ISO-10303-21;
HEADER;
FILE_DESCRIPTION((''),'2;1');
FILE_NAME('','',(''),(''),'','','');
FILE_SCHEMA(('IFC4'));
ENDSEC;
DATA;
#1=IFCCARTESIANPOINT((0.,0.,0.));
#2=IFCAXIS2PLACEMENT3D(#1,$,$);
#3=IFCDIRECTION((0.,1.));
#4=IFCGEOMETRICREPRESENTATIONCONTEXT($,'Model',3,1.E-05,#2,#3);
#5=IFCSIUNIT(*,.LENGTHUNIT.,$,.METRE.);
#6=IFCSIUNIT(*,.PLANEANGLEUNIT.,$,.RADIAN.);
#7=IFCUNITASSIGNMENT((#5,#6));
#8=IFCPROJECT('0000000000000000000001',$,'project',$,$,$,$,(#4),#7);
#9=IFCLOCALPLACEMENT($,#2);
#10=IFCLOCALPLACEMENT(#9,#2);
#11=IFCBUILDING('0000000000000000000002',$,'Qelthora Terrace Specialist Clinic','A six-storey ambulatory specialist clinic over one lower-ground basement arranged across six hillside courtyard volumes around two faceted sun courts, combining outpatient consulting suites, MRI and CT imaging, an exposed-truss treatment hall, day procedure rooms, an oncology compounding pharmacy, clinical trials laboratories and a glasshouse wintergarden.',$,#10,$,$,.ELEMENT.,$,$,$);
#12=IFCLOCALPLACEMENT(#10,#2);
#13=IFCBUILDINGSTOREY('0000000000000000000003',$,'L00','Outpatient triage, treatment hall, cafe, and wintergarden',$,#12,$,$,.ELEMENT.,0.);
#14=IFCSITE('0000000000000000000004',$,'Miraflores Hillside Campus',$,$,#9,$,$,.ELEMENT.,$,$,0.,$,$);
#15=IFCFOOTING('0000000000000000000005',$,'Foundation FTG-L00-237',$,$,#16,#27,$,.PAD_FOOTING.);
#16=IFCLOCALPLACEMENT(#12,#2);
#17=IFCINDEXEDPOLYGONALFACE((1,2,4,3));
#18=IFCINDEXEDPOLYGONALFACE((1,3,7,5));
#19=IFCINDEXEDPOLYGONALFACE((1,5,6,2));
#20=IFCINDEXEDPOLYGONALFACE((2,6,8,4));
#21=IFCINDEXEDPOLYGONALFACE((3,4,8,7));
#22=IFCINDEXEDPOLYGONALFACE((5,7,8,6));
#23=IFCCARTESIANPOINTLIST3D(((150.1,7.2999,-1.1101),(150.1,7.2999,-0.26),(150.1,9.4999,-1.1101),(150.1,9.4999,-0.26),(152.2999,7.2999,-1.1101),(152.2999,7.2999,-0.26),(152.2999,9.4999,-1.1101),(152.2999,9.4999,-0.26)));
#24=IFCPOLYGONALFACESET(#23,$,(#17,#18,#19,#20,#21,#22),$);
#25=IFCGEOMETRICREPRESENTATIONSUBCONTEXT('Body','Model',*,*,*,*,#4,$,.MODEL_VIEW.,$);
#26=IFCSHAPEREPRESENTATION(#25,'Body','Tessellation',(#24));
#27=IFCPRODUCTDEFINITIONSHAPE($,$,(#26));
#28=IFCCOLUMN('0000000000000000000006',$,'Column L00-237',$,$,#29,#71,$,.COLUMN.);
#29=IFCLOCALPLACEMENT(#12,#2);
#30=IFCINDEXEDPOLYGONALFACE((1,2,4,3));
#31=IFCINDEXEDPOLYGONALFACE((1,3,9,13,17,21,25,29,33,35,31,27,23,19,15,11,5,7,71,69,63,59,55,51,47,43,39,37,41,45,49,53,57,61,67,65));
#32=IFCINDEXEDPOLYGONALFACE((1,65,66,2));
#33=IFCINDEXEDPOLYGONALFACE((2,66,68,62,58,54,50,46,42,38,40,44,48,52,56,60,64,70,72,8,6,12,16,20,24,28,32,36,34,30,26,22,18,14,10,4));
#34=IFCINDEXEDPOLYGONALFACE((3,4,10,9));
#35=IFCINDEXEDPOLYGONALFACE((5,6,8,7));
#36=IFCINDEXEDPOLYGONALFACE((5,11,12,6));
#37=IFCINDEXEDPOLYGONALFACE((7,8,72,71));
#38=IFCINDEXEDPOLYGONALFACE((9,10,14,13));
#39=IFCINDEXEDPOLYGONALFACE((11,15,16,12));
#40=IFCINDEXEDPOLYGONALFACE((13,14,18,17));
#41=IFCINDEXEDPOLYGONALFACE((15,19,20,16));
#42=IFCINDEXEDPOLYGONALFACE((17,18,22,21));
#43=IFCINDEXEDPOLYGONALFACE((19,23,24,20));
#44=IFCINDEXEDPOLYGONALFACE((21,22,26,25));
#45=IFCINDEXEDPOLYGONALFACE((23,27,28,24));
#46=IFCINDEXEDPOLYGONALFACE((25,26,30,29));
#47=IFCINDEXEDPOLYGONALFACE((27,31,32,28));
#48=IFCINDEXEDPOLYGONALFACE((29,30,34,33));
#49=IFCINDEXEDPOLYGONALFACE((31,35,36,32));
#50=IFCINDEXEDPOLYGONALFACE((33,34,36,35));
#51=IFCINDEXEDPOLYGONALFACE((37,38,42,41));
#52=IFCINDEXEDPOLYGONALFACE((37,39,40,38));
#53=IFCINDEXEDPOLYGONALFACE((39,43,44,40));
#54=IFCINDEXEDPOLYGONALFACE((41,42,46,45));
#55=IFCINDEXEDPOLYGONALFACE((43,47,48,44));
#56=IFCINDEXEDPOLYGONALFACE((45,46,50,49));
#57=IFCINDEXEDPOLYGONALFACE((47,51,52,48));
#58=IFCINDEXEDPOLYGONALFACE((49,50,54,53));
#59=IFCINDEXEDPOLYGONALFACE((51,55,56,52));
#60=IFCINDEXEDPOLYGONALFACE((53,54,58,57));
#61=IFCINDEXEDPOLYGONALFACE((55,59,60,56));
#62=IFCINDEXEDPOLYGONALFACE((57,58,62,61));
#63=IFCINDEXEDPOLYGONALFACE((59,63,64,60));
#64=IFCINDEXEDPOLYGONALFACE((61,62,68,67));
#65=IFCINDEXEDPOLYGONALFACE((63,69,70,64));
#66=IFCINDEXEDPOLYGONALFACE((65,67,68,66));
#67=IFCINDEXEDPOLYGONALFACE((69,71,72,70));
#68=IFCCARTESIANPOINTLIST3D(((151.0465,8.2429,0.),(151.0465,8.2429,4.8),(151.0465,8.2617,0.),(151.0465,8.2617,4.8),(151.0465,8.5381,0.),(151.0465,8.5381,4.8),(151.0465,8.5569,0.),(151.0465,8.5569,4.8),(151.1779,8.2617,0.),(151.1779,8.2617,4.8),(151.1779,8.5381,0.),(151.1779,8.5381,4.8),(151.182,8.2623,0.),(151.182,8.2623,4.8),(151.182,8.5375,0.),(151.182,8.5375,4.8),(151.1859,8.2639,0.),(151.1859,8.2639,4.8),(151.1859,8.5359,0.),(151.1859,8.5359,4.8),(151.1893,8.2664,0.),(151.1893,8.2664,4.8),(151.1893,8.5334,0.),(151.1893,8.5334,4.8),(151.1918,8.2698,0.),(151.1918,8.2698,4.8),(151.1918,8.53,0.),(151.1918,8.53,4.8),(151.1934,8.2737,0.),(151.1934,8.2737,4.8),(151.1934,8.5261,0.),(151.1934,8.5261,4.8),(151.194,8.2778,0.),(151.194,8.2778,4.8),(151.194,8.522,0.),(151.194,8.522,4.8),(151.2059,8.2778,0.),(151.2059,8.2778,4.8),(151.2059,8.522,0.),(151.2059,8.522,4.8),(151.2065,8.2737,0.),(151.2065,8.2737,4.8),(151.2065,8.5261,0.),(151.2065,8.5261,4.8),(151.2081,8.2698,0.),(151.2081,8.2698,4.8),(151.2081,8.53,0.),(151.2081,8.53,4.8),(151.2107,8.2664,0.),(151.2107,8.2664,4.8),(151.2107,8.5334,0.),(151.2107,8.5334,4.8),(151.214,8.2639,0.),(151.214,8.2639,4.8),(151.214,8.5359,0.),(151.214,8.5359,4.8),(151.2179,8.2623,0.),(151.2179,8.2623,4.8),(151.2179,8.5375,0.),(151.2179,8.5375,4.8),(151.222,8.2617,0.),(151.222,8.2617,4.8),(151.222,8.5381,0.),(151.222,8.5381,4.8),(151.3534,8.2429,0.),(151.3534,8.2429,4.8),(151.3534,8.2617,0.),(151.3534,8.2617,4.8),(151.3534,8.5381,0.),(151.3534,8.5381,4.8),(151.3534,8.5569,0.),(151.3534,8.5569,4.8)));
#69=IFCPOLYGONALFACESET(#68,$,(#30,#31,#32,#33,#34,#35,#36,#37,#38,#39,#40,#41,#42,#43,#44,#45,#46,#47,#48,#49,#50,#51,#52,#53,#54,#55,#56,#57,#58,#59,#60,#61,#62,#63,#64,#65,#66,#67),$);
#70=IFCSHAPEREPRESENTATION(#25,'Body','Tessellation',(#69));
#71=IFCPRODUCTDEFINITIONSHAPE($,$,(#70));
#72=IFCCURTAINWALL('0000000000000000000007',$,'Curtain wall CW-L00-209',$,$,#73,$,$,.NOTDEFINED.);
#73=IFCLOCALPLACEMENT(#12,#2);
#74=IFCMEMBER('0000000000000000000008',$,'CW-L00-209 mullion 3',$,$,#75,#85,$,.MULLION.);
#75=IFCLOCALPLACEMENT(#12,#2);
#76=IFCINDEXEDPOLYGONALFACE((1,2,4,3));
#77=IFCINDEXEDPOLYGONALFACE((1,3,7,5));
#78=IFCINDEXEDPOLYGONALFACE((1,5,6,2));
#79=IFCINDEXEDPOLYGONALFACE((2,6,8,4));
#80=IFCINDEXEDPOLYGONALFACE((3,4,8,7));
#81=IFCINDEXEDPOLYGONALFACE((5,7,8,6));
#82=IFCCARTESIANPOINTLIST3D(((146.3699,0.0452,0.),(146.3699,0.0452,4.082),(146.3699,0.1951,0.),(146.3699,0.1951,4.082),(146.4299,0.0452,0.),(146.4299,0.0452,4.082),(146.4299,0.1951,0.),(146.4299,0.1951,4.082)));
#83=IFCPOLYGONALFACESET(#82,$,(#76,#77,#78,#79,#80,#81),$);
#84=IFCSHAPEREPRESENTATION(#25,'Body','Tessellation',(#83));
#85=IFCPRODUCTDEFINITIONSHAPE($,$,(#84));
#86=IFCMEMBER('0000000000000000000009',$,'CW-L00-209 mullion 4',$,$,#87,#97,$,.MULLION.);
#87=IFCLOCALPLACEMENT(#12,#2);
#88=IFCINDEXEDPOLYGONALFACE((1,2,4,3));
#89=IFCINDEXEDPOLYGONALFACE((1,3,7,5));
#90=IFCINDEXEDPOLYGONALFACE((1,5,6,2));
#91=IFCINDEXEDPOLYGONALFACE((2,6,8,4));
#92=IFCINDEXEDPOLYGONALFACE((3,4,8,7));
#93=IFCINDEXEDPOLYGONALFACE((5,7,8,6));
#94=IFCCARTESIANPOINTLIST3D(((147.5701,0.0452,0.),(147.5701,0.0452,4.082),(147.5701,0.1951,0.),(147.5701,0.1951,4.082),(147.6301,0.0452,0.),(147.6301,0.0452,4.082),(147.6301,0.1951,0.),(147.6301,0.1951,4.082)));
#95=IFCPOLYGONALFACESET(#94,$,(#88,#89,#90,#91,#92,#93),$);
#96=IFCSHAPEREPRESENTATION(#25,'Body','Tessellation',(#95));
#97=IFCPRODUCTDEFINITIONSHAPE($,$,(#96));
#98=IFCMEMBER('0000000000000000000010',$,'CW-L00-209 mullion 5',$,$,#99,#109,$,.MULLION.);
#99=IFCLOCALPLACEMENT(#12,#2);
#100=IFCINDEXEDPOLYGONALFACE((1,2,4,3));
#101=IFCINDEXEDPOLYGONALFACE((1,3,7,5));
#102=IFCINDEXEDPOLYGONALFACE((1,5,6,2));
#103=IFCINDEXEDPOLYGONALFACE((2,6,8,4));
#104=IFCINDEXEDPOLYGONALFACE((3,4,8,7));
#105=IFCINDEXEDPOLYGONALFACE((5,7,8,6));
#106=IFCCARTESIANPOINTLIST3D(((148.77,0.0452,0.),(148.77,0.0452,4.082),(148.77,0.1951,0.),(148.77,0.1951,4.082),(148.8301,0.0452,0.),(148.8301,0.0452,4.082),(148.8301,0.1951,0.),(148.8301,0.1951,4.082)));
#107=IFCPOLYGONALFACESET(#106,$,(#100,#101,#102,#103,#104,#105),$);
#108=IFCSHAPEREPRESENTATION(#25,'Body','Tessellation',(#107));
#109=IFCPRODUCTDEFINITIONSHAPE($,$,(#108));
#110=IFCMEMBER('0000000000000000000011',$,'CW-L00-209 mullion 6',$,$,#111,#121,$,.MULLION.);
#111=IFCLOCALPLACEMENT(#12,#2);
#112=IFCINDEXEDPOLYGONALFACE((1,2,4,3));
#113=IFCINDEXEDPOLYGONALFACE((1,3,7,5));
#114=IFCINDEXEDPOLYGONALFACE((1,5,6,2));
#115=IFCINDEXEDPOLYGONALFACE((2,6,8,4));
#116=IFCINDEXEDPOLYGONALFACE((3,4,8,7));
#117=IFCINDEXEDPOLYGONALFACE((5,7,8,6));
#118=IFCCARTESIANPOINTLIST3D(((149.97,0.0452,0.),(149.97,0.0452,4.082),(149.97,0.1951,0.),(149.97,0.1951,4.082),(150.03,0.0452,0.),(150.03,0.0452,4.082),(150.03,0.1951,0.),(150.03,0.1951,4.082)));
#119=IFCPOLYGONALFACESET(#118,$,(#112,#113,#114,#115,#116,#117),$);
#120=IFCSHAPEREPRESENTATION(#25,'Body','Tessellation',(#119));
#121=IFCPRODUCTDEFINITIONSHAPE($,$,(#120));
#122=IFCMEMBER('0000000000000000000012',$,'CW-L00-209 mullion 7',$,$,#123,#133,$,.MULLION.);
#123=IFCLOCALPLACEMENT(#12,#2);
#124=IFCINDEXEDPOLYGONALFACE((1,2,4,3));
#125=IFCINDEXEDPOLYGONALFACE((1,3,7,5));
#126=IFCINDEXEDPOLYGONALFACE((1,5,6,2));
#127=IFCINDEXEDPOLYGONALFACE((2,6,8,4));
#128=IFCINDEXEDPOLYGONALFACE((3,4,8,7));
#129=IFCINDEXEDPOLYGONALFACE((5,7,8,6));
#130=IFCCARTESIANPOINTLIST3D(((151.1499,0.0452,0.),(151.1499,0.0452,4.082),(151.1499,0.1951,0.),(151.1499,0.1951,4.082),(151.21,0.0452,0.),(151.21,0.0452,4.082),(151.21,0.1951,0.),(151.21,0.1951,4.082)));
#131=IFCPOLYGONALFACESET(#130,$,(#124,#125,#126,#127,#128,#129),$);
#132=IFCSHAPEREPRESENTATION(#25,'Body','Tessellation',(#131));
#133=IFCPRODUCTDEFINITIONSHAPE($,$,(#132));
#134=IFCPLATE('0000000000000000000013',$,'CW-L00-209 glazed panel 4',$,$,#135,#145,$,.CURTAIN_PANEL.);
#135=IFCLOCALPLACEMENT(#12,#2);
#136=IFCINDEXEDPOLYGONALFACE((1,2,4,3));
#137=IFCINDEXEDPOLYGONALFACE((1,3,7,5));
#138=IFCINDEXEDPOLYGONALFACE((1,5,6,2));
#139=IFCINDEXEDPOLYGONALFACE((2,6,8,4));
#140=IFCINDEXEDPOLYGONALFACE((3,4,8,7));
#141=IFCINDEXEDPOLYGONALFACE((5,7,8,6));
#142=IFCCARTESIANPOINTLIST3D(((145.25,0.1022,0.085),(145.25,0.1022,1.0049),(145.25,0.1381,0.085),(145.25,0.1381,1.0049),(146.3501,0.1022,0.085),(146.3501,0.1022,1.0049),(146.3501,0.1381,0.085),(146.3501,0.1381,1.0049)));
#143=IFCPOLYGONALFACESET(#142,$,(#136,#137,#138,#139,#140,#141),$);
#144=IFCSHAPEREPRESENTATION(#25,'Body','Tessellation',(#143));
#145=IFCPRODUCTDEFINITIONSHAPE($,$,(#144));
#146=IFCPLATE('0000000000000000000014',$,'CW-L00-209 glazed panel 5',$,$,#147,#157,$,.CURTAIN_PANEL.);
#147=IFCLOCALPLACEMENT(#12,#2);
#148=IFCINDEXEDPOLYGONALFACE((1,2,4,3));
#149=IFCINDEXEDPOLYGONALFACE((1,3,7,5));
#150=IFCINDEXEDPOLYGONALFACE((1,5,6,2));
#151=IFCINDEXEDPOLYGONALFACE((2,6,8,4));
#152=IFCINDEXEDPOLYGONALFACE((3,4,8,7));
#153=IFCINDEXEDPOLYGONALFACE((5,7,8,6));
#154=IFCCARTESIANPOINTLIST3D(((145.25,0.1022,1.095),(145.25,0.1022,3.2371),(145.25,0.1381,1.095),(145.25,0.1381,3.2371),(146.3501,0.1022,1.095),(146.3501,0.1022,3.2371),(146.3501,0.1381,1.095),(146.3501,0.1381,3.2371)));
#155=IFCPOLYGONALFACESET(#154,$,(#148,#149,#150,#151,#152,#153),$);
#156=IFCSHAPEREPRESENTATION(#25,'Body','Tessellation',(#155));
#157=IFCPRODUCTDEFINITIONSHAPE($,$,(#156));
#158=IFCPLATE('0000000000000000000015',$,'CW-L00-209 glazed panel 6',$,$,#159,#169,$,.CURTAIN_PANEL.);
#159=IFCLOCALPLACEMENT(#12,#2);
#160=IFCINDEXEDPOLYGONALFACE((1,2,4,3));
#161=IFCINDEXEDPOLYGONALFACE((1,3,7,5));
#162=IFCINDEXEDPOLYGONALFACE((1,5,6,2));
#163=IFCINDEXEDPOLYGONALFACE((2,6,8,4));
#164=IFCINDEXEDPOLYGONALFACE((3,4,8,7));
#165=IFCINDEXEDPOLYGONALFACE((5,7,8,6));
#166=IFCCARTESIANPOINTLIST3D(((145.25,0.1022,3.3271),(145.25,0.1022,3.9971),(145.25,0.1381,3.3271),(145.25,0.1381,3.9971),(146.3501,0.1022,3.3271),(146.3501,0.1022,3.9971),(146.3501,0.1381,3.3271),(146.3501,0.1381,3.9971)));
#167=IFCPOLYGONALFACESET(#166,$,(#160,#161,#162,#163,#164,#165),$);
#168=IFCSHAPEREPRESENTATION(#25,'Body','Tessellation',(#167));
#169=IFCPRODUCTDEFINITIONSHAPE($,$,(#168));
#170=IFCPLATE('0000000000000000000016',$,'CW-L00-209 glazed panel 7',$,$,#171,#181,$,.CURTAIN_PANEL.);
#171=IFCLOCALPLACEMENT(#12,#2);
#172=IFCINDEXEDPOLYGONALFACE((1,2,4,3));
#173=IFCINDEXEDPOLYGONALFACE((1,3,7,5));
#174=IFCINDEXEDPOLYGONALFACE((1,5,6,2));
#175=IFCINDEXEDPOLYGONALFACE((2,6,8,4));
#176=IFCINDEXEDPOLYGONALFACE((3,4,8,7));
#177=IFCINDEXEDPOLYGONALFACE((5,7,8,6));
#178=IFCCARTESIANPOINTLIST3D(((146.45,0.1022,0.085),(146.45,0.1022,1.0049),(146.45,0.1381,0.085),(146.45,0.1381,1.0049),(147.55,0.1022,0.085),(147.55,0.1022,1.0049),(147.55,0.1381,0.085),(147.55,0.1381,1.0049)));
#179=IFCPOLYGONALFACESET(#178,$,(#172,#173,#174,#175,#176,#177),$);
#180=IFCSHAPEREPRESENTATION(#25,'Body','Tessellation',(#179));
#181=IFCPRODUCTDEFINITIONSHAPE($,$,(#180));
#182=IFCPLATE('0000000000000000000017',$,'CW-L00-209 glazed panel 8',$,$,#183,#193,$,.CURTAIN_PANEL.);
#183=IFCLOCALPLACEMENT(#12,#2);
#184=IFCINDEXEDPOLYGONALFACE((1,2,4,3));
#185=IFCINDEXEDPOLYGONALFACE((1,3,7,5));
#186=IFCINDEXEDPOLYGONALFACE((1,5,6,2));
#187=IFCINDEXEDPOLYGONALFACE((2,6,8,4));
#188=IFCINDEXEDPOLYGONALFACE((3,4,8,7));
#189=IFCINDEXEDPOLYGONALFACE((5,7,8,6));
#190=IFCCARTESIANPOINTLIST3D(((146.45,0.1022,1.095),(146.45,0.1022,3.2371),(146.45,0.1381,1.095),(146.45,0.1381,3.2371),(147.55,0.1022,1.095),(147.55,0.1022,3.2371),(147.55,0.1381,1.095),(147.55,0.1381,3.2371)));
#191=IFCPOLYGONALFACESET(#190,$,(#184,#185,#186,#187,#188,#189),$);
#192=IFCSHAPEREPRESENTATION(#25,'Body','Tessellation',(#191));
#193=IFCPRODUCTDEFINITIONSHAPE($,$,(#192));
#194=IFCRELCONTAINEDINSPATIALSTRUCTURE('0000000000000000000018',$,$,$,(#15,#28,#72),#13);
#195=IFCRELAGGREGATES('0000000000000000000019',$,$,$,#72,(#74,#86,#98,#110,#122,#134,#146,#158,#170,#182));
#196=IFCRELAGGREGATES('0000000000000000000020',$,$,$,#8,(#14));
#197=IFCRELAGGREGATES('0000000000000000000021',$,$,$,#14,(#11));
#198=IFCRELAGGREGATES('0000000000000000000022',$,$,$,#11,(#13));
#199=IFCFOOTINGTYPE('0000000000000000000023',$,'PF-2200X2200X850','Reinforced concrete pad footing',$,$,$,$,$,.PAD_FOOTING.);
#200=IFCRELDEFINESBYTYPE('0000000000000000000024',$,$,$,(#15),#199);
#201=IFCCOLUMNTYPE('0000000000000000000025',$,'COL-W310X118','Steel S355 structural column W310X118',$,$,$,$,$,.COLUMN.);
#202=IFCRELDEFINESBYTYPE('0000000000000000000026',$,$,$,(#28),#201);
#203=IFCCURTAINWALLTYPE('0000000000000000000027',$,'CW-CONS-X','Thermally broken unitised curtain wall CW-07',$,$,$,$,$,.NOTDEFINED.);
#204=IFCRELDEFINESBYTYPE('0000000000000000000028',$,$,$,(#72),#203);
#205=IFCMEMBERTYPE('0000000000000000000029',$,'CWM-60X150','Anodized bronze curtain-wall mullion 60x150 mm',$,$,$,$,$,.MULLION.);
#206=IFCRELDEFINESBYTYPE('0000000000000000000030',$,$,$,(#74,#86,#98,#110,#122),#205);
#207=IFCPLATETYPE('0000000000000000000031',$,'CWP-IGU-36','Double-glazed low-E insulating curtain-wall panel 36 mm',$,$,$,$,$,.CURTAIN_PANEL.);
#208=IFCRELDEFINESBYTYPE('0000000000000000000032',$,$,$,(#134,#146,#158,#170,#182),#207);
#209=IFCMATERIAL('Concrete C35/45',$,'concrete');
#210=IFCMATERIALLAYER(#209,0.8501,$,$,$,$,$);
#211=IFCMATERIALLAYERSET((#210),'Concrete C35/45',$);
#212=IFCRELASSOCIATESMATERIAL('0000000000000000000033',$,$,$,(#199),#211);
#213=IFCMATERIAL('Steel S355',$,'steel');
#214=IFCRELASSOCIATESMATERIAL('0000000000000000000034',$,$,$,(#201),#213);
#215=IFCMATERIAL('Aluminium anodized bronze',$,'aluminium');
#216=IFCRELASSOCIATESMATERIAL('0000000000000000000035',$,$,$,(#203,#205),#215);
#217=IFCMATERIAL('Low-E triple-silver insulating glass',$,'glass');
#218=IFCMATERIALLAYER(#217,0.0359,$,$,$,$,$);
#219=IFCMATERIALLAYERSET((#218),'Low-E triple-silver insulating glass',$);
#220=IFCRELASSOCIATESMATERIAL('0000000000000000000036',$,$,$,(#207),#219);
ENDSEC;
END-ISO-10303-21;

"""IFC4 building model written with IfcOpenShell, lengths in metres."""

from ifc_helpers import new_model, si_unit, direction, frame, origin, origin_2d, place, context, subcontext, project, spatial, rectangle, i_section, extrude, material, layer, layer_set, material_profile, profile_set, type_object, element, aggregate, save


model = new_model("IFC4")

# Units and contexts
model_context = context("Model", 3, precision=1e-05, world=origin(), true_north=direction((0.0, 1.0)))
body_context = subcontext(model_context, "Body", "Model", "MODEL_VIEW")
ifc_project = project(units=[si_unit("LENGTHUNIT", "METRE"), si_unit("PLANEANGLEUNIT", "RADIAN")], contexts=[model_context])

# Site, building, storey
site_placement = place(None, origin())
site = spatial("IfcSite", under=ifc_project, at=site_placement, Name="Miraflores Hillside Campus", CompositionType="ELEMENT", RefElevation=0.0)
building_placement = place(site_placement, origin())
building = spatial("IfcBuilding", under=site, at=building_placement, Name="Qelthora Terrace Specialist Clinic", Description="A six-storey ambulatory specialist clinic over one lower-ground basement arranged across six hillside courtyard volumes around two faceted sun courts, combining outpatient consulting suites, MRI and CT imaging, an exposed-truss treatment hall, day procedure rooms, an oncology compounding pharmacy, clinical trials laboratories and a glasshouse wintergarden.", CompositionType="ELEMENT")
storey_placement = place(building_placement, origin())
storey = spatial("IfcBuildingStorey", under=building, at=storey_placement, Name="L00", Description="Outpatient triage, treatment hall, cafe, and wintergarden", CompositionType="ELEMENT", Elevation=0.0)

# Footing
ifc_material_1 = material(Name="Concrete C35/45", Category="concrete")
ifc_layer_1 = layer(ifc_material_1, 0.8501)
ifc_layer_set_1 = layer_set([ifc_layer_1], Name="Concrete C35/45")
footing_type = type_object("IfcFootingType", Name="PF-2200X2200X850", Description="Reinforced concrete pad footing", PredefinedType="PAD_FOOTING", material=ifc_layer_set_1)
footing_placement = place(storey_placement, frame((151.2, 8.3999, -1.1101), z_axis=(0.0, 0.0, 1.0), x_axis=(1.0, 0.0, 0.0)))
element("IfcFooting", 1, at=footing_placement, inside=storey, type_object=footing_type, Name="Foundation FTG-L00-237", PredefinedType="PAD_FOOTING", context=body_context, shape_type="SweptSolid", body=[
    extrude(rectangle(XDim=2.2, YDim=2.2, at=origin_2d()), origin(), (0.0, 0.0, 1.0), 0.8501),
])

# Column
ifc_material_2 = material(Name="Steel S355", Category="steel")
ifc_material_profile_1 = material_profile(ifc_material_2, i_section(OverallWidth=0.3069, OverallDepth=0.314, WebThickness=0.012, FlangeThickness=0.0188, FilletRadius=0.0161, at=origin_2d()), Name="W310X118")
ifc_profile_set_1 = profile_set([ifc_material_profile_1], Name="Steel S355")
column_type = type_object("IfcColumnType", Name="COL-W310X118", Description="Steel S355 structural column W310X118", PredefinedType="COLUMN", material=ifc_profile_set_1)
column_placement = place(storey_placement, frame((151.2, 8.3999, 0.0), z_axis=(0.0, 0.0, 1.0), x_axis=(1.0, 0.0, 0.0)))
element("IfcColumn", 2, at=column_placement, inside=storey, type_object=column_type, Name="Column L00-237", PredefinedType="COLUMN", context=body_context, shape_type="SweptSolid", body=[
    extrude(i_section(OverallWidth=0.3069, OverallDepth=0.314, WebThickness=0.012, FlangeThickness=0.0188, FilletRadius=0.0161, at=origin_2d()), origin(), (0.0, 0.0, 1.0), 4.8),
])

# Curtain wall, members, plates
ifc_material_3 = material(Name="Aluminium anodized bronze", Category="aluminium")
curtain_wall_type = type_object("IfcCurtainWallType", Name="CW-CONS-X", Description="Thermally broken unitised curtain wall CW-07", PredefinedType="NOTDEFINED", material=ifc_material_3)
curtain_wall_placement = place(storey_placement, origin())
curtain_wall = element("IfcCurtainWall", 3, at=curtain_wall_placement, inside=storey, type_object=curtain_wall_type, Name="Curtain wall CW-L00-209", PredefinedType="NOTDEFINED")
ifc_material_profile_2 = material_profile(ifc_material_3, rectangle(XDim=0.0601, YDim=0.1499, at=origin_2d()), Name="CWM60X150")
ifc_profile_set_2 = profile_set([ifc_material_profile_2], Name="Aluminium anodized bronze")
member_type = type_object("IfcMemberType", Name="CWM-60X150", Description="Anodized bronze curtain-wall mullion 60x150 mm", PredefinedType="MULLION", material=ifc_profile_set_2)
member_1_placement = place(storey_placement, frame((146.3999, 0.1201, 0.0), z_axis=(0.0, 0.0, 1.0), x_axis=(1.0, 0.0, 0.0)))
member_1 = element("IfcMember", 4, at=member_1_placement, type_object=member_type, Name="CW-L00-209 mullion 3", PredefinedType="MULLION", context=body_context, shape_type="SweptSolid", body=[
    extrude(rectangle(XDim=0.0601, YDim=0.1499, at=origin_2d()), origin(), (0.0, 0.0, 1.0), 4.082),
])
member_2_placement = place(storey_placement, frame((147.6001, 0.1201, 0.0), z_axis=(0.0, 0.0, 1.0), x_axis=(1.0, 0.0, 0.0)))
member_2 = element("IfcMember", 5, at=member_2_placement, type_object=member_type, Name="CW-L00-209 mullion 4", PredefinedType="MULLION", context=body_context, shape_type="SweptSolid", body=[
    extrude(rectangle(XDim=0.0601, YDim=0.1499, at=origin_2d()), origin(), (0.0, 0.0, 1.0), 4.082),
])
member_3_placement = place(storey_placement, frame((148.8, 0.1201, 0.0), z_axis=(0.0, 0.0, 1.0), x_axis=(1.0, 0.0, 0.0)))
member_3 = element("IfcMember", 6, at=member_3_placement, type_object=member_type, Name="CW-L00-209 mullion 5", PredefinedType="MULLION", context=body_context, shape_type="SweptSolid", body=[
    extrude(rectangle(XDim=0.0601, YDim=0.1499, at=origin_2d()), origin(), (0.0, 0.0, 1.0), 4.082),
])
member_4_placement = place(storey_placement, frame((150.0, 0.1201, 0.0), z_axis=(0.0, 0.0, 1.0), x_axis=(1.0, 0.0, 0.0)))
member_4 = element("IfcMember", 7, at=member_4_placement, type_object=member_type, Name="CW-L00-209 mullion 6", PredefinedType="MULLION", context=body_context, shape_type="SweptSolid", body=[
    extrude(rectangle(XDim=0.0601, YDim=0.1499, at=origin_2d()), origin(), (0.0, 0.0, 1.0), 4.082),
])
member_5_placement = place(storey_placement, frame((151.1799, 0.1201, 0.0), z_axis=(0.0, 0.0, 1.0), x_axis=(1.0, 0.0, 0.0)))
member_5 = element("IfcMember", 8, at=member_5_placement, type_object=member_type, Name="CW-L00-209 mullion 7", PredefinedType="MULLION", context=body_context, shape_type="SweptSolid", body=[
    extrude(rectangle(XDim=0.0601, YDim=0.1499, at=origin_2d()), origin(), (0.0, 0.0, 1.0), 4.082),
])
ifc_material_4 = material(Name="Low-E triple-silver insulating glass", Category="glass")
ifc_layer_2 = layer(ifc_material_4, 0.0359)
ifc_layer_set_2 = layer_set([ifc_layer_2], Name="Low-E triple-silver insulating glass")
plate_type_1 = type_object("IfcPlateType", Name="CWP-IGU-36", Description="Double-glazed low-E insulating curtain-wall panel 36 mm", PredefinedType="CURTAIN_PANEL", material=ifc_layer_set_2)
plate_1_placement = place(storey_placement, frame((145.8, 0.1201, 0.085), z_axis=(0.0, 0.0, 1.0), x_axis=(1.0, 0.0, 0.0)))
plate_1 = element("IfcPlate", 9, at=plate_1_placement, type_object=plate_type_1, Name="CW-L00-209 glazed panel 4", PredefinedType="CURTAIN_PANEL", context=body_context, shape_type="SweptSolid", body=[
    extrude(rectangle(XDim=1.1001, YDim=0.0359, at=origin_2d()), origin(), (0.0, 0.0, 1.0), 0.9199),
])
plate_2_placement = place(storey_placement, frame((145.8, 0.1201, 1.095), z_axis=(0.0, 0.0, 1.0), x_axis=(1.0, 0.0, 0.0)))
plate_2 = element("IfcPlate", 10, at=plate_2_placement, type_object=plate_type_1, Name="CW-L00-209 glazed panel 5", PredefinedType="CURTAIN_PANEL", context=body_context, shape_type="SweptSolid", body=[
    extrude(rectangle(XDim=1.1001, YDim=0.0359, at=origin_2d()), origin(), (0.0, 0.0, 1.0), 2.1421),
])
plate_3_placement = place(storey_placement, frame((145.8, 0.1201, 3.3271), z_axis=(0.0, 0.0, 1.0), x_axis=(1.0, 0.0, 0.0)))
plate_3 = element("IfcPlate", 11, at=plate_3_placement, type_object=plate_type_1, Name="CW-L00-209 glazed panel 6", PredefinedType="CURTAIN_PANEL", context=body_context, shape_type="SweptSolid", body=[
    extrude(rectangle(XDim=1.1001, YDim=0.0359, at=origin_2d()), origin(), (0.0, 0.0, 1.0), 0.6699),
])
plate_4_placement = place(storey_placement, frame((147.0, 0.1201, 0.085), z_axis=(0.0, 0.0, 1.0), x_axis=(1.0, 0.0, 0.0)))
plate_4 = element("IfcPlate", 12, at=plate_4_placement, type_object=plate_type_1, Name="CW-L00-209 glazed panel 7", PredefinedType="CURTAIN_PANEL", context=body_context, shape_type="SweptSolid", body=[
    extrude(rectangle(XDim=1.1001, YDim=0.0359, at=origin_2d()), origin(), (0.0, 0.0, 1.0), 0.9199),
])
plate_5_placement = place(storey_placement, frame((147.0, 0.1201, 1.095), z_axis=(0.0, 0.0, 1.0), x_axis=(1.0, 0.0, 0.0)))
plate_5 = element("IfcPlate", 13, at=plate_5_placement, type_object=plate_type_1, Name="CW-L00-209 glazed panel 8", PredefinedType="CURTAIN_PANEL", context=body_context, shape_type="SweptSolid", body=[
    extrude(rectangle(XDim=1.1001, YDim=0.0359, at=origin_2d()), origin(), (0.0, 0.0, 1.0), 2.1421),
])
aggregate(curtain_wall, [member_1, member_2, member_3, member_4, member_5, plate_1, plate_2, plate_3, plate_4, plate_5])

save(model, "model.ifc")
